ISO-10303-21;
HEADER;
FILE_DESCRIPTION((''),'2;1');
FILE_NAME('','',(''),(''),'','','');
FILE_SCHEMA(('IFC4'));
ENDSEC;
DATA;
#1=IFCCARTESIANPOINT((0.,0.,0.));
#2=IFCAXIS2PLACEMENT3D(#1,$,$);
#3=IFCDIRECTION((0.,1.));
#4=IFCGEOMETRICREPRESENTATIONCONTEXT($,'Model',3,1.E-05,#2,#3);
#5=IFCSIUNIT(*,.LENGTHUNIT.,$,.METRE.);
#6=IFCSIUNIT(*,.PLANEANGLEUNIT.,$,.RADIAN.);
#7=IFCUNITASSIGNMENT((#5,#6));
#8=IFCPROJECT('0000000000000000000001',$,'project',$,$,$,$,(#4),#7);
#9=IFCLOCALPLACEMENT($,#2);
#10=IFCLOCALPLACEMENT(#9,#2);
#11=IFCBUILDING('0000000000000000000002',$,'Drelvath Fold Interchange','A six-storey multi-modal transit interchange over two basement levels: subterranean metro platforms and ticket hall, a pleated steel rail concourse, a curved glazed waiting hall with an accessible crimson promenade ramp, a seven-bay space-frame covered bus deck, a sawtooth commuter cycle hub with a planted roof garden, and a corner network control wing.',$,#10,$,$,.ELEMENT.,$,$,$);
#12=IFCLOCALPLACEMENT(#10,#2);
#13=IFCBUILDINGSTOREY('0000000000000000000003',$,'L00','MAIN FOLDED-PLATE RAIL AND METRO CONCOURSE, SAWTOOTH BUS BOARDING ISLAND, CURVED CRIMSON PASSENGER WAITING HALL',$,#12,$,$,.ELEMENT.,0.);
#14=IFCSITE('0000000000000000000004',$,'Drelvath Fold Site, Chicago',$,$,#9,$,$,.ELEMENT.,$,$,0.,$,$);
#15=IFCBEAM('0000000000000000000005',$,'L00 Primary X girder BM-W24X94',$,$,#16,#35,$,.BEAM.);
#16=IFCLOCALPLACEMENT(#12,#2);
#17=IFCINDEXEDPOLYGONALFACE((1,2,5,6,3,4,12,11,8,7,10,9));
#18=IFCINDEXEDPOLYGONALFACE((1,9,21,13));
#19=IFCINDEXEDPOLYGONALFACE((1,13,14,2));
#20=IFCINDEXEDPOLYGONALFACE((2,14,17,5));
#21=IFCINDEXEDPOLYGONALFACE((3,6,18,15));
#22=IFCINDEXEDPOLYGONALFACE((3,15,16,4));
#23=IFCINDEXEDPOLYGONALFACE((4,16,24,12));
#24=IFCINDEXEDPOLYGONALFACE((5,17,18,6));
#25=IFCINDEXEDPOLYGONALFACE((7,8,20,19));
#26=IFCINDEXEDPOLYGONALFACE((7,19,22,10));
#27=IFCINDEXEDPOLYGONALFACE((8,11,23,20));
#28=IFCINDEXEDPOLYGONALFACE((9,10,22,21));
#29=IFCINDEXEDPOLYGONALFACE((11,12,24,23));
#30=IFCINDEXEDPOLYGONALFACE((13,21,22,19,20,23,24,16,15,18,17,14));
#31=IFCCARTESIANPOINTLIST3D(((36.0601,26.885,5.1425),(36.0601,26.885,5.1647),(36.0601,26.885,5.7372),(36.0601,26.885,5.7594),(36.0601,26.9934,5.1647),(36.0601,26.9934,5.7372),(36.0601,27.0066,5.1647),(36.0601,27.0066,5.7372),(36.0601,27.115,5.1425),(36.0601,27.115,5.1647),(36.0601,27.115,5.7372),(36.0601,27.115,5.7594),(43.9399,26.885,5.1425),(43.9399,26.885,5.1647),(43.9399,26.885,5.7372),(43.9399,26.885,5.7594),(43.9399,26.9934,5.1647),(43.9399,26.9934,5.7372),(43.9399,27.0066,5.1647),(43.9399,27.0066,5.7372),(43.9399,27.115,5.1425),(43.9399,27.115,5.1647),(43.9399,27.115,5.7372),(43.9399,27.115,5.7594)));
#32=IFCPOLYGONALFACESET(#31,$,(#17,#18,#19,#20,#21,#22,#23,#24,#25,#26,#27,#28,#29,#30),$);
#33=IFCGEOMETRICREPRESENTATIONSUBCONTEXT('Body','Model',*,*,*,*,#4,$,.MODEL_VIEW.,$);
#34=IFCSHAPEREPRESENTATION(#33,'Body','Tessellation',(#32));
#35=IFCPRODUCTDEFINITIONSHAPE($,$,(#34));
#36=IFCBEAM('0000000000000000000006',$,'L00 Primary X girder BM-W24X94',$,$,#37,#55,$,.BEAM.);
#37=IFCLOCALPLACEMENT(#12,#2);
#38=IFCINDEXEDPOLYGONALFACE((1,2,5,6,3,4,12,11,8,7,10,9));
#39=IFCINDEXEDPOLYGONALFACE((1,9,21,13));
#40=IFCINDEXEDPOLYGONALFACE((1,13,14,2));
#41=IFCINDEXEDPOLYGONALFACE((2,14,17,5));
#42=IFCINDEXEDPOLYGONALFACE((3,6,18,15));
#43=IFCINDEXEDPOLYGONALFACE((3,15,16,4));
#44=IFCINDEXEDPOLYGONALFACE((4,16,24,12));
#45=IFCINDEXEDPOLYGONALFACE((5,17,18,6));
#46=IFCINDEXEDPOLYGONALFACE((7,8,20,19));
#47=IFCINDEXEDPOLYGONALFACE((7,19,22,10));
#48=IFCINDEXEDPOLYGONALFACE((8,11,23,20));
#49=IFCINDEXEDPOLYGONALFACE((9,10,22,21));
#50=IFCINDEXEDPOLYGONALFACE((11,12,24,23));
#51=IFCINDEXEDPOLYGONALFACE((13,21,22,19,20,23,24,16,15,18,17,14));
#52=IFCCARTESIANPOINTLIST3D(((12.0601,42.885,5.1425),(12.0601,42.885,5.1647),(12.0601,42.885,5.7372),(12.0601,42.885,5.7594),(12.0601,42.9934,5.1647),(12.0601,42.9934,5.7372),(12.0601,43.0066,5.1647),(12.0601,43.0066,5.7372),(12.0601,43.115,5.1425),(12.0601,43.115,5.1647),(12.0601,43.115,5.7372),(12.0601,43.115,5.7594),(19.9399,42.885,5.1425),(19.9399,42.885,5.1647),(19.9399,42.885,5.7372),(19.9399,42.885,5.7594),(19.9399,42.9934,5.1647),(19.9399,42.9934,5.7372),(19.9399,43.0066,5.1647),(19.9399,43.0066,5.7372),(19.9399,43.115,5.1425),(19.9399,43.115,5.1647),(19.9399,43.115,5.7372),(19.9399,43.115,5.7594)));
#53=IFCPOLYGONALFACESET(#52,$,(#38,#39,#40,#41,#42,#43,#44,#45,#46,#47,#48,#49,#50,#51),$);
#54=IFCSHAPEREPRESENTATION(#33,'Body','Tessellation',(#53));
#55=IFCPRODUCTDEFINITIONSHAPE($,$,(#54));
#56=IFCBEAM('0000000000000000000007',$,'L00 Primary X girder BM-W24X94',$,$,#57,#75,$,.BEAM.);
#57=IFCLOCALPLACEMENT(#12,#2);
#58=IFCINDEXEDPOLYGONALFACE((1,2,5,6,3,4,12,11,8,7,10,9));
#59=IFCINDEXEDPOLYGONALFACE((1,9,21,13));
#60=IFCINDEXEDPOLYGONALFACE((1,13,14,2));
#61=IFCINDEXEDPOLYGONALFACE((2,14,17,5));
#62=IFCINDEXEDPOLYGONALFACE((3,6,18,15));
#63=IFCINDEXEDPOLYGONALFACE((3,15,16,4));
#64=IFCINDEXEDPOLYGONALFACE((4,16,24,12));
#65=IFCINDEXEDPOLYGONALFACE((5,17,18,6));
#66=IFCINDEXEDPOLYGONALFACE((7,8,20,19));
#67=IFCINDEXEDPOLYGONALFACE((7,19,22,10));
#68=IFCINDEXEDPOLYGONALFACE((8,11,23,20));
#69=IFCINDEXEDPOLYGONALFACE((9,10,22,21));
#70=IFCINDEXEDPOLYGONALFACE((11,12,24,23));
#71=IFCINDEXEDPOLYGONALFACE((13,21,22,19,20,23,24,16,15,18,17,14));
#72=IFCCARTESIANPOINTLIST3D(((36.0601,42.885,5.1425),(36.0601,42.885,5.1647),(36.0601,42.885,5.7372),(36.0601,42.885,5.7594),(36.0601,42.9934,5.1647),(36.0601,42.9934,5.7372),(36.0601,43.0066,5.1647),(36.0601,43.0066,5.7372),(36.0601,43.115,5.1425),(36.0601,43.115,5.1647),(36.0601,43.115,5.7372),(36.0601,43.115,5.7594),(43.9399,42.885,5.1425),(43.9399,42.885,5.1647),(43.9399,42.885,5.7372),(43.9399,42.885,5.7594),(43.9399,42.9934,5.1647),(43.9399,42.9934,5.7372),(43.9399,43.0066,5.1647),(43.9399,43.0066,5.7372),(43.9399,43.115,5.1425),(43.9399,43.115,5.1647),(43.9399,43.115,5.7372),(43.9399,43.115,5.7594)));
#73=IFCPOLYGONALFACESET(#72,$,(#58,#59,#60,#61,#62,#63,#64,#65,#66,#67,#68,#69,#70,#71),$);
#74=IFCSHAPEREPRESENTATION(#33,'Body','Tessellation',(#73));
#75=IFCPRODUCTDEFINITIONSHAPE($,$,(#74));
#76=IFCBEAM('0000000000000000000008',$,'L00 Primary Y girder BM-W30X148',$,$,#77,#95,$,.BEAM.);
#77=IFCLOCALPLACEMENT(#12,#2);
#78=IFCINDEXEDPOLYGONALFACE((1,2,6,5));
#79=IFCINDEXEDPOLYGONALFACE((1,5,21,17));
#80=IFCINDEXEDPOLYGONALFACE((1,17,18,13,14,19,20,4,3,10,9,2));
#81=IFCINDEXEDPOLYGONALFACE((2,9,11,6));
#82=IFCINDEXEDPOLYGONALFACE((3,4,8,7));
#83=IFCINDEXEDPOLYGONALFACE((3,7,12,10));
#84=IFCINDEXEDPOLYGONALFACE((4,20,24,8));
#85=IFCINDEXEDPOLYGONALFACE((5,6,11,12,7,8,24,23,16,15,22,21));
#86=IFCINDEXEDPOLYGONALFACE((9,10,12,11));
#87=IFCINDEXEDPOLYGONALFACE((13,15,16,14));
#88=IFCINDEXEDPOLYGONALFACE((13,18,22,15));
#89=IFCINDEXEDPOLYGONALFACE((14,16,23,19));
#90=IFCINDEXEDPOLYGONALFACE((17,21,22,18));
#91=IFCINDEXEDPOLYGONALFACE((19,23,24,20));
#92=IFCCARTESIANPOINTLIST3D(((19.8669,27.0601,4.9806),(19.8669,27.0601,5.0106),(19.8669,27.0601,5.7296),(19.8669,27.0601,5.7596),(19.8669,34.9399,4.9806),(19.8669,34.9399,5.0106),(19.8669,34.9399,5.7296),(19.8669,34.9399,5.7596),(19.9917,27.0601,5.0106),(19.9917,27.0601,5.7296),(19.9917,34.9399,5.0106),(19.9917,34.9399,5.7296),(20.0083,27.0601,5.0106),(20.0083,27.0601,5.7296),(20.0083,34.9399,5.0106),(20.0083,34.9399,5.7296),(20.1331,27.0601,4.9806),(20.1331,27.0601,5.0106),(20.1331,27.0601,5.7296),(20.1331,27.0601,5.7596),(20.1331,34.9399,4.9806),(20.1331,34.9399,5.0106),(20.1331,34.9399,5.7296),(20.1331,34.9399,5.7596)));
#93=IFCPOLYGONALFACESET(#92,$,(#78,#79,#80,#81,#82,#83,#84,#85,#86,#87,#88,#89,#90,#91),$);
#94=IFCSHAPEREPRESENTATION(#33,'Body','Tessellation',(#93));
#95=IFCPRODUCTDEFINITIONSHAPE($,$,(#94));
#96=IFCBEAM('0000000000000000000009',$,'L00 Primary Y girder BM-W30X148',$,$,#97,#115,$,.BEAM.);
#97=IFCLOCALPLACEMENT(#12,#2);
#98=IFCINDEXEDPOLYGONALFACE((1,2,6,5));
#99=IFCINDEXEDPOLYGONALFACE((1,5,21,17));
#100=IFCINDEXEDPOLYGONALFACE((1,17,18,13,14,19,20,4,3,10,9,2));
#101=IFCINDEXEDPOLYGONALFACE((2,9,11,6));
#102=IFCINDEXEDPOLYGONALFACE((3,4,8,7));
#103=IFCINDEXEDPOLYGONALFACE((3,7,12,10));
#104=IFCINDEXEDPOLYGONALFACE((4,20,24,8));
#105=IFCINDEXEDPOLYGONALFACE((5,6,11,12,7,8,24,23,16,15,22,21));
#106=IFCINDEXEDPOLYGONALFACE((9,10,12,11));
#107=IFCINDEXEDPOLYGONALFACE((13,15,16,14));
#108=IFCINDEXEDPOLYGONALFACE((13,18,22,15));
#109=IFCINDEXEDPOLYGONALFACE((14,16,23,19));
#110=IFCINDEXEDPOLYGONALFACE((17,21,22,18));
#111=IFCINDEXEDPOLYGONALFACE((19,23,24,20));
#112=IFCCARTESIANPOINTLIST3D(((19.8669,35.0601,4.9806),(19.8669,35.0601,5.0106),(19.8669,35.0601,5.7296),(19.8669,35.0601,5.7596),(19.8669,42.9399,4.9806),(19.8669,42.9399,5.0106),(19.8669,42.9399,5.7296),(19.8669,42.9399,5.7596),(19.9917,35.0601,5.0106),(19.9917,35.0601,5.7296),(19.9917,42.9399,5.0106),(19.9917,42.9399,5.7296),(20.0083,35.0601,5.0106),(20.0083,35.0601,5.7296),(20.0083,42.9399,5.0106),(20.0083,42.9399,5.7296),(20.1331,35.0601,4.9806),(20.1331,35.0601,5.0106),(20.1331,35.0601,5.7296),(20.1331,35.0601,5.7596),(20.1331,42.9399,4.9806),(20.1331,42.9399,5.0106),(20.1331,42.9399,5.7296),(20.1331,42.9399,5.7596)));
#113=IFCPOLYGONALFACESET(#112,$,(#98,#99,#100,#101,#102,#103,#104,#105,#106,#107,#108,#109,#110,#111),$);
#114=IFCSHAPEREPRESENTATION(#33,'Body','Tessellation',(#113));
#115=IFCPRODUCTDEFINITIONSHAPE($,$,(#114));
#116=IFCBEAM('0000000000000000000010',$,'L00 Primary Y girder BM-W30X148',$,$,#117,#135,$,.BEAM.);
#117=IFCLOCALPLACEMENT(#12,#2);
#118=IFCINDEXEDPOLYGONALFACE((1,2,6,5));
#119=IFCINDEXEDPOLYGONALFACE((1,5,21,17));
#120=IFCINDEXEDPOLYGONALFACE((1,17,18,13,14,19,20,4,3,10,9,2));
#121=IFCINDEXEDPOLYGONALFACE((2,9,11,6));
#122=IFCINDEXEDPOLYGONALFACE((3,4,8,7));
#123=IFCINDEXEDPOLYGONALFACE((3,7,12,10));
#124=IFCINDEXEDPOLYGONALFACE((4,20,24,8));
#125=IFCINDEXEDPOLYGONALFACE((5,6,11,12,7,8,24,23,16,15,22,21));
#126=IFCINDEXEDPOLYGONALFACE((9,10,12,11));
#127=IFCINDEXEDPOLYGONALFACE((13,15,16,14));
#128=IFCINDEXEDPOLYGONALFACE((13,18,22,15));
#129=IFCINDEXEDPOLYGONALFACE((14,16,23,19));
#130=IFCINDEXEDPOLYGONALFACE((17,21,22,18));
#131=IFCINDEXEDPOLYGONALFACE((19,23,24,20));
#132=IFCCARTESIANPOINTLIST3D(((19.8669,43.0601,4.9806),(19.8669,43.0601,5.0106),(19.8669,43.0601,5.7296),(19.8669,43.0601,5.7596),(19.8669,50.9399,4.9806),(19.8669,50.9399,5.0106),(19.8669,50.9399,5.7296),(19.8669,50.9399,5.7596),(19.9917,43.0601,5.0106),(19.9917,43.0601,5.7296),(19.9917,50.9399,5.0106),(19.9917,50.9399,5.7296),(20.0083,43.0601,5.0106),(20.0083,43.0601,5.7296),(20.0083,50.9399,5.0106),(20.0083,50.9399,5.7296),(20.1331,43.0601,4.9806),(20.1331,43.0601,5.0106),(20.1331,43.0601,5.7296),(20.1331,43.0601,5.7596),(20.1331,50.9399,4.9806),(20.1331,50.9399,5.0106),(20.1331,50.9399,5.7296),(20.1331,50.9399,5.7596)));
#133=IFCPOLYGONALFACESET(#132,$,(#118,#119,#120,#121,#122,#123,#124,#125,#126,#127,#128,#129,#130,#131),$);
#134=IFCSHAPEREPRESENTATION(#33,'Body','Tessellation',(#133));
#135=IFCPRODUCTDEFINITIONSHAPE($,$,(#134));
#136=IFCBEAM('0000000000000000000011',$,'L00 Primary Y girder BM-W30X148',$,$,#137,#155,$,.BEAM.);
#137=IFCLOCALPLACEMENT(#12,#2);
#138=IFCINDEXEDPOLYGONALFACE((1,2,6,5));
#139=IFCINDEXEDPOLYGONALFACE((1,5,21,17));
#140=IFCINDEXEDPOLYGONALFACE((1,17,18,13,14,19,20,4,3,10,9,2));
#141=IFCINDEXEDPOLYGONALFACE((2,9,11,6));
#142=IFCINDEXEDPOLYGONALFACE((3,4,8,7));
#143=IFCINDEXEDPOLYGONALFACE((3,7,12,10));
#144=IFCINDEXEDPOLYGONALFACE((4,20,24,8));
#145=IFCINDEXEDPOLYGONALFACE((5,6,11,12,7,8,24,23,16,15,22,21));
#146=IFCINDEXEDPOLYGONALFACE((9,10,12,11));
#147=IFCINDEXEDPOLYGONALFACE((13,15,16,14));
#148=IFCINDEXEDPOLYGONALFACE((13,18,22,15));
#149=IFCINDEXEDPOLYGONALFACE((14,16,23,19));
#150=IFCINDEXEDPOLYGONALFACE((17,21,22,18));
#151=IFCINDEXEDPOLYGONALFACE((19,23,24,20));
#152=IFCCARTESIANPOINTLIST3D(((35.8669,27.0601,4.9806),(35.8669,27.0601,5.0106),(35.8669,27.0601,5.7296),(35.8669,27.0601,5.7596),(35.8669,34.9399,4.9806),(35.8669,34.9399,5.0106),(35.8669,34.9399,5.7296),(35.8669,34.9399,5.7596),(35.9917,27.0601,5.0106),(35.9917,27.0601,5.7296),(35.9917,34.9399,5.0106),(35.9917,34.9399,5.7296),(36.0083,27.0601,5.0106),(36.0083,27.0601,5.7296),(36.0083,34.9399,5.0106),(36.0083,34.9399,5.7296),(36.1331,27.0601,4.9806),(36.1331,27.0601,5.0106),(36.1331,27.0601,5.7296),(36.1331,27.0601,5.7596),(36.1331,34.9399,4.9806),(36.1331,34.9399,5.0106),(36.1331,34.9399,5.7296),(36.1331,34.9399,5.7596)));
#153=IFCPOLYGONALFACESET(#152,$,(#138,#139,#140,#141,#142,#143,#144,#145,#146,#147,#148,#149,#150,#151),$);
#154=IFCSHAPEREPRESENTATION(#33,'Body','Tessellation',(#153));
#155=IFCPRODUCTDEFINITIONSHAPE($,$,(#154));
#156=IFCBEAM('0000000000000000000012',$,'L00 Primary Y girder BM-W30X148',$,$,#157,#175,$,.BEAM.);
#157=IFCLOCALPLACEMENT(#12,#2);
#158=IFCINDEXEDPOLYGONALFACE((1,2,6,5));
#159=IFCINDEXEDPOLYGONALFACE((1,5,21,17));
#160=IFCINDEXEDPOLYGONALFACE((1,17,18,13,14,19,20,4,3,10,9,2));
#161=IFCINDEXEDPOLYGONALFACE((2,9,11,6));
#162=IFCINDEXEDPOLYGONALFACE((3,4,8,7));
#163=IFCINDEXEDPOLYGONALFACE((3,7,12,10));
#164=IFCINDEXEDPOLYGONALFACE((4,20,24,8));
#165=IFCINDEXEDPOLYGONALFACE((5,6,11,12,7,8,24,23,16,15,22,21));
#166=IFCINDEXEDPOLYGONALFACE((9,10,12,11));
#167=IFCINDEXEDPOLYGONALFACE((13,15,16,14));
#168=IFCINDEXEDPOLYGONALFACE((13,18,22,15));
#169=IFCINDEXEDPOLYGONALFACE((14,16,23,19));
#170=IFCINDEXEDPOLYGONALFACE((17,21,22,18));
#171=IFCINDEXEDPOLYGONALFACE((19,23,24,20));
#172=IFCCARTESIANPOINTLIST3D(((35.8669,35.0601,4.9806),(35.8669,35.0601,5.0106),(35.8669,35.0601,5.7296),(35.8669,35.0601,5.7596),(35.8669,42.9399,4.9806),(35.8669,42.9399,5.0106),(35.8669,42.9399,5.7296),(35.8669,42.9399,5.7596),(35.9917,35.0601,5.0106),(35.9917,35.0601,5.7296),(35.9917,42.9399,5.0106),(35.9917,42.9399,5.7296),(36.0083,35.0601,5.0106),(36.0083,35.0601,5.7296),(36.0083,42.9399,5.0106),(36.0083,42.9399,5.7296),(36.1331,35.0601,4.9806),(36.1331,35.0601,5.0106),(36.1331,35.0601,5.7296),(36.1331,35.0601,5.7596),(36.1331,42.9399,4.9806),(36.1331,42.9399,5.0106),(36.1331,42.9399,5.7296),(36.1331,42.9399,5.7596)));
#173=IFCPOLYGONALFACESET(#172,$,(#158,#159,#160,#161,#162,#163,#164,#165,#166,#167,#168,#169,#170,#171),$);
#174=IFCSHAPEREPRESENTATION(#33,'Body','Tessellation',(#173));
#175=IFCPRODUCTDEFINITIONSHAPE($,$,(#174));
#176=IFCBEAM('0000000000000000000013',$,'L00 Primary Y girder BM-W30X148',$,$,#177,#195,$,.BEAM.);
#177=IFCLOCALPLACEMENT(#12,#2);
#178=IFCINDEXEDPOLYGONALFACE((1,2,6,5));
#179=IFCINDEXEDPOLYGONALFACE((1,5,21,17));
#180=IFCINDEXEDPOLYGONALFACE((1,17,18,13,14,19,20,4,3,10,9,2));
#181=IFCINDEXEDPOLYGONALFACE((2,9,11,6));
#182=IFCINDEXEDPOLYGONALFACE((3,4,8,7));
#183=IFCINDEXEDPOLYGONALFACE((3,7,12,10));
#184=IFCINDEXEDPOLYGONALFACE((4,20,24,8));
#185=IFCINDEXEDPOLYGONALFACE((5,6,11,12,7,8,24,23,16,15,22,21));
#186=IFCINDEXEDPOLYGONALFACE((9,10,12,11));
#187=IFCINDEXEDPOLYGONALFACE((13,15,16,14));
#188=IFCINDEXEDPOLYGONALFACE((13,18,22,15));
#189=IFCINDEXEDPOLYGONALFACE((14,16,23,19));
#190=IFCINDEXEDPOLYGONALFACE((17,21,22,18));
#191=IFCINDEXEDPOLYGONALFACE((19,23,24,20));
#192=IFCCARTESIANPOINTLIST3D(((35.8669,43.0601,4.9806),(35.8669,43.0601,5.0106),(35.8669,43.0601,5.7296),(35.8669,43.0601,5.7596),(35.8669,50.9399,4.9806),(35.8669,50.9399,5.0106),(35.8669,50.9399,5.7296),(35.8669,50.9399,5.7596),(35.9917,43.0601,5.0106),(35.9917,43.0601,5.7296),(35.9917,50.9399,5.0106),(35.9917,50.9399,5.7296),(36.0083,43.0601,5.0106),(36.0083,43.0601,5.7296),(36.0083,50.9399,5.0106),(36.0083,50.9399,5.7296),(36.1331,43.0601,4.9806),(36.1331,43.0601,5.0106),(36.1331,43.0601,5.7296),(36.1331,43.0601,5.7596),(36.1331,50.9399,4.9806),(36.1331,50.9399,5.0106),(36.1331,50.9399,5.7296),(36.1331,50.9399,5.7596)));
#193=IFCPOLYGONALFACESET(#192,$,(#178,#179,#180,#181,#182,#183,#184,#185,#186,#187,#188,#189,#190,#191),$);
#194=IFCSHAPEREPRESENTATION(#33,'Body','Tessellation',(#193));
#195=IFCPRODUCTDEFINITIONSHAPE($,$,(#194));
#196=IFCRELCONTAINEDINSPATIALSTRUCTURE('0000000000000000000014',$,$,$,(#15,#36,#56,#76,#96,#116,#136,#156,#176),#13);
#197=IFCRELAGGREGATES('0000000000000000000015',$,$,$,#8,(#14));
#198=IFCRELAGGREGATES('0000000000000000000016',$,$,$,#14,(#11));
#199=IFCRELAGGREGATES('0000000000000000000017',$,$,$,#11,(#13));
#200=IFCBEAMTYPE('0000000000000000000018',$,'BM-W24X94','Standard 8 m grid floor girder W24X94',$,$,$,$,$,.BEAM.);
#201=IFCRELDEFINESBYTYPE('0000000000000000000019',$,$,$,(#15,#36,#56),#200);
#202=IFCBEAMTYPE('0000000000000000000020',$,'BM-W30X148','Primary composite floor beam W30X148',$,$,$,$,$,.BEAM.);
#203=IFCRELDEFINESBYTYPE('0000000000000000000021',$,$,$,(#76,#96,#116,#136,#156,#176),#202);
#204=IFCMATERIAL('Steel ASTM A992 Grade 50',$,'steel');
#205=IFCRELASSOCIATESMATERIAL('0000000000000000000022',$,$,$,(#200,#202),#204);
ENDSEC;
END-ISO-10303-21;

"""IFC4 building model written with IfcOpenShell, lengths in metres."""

from ifc_helpers import new_model, si_unit, direction, frame, origin, origin_2d, place, context, subcontext, project, spatial, i_section, extrude, material, material_profile, profile_set, type_object, element, save


model = new_model("IFC4")

# Units and contexts
model_context = context("Model", 3, precision=1e-05, world=origin(), true_north=direction((0.0, 1.0)))
body_context = subcontext(model_context, "Body", "Model", "MODEL_VIEW")
ifc_project = project(units=[si_unit("LENGTHUNIT", "METRE"), si_unit("PLANEANGLEUNIT", "RADIAN")], contexts=[model_context])

# Site, building, storey
site_placement = place(None, origin())
site = spatial("IfcSite", under=ifc_project, at=site_placement, Name="Drelvath Fold Site, Chicago", CompositionType="ELEMENT", RefElevation=0.0)
building_placement = place(site_placement, origin())
building = spatial("IfcBuilding", under=site, at=building_placement, Name="Drelvath Fold Interchange", Description="A six-storey multi-modal transit interchange over two basement levels: subterranean metro platforms and ticket hall, a pleated steel rail concourse, a curved glazed waiting hall with an accessible crimson promenade ramp, a seven-bay space-frame covered bus deck, a sawtooth commuter cycle hub with a planted roof garden, and a corner network control wing.", CompositionType="ELEMENT")
storey_placement = place(building_placement, origin())
storey = spatial("IfcBuildingStorey", under=building, at=storey_placement, Name="L00", Description="MAIN FOLDED-PLATE RAIL AND METRO CONCOURSE, SAWTOOTH BUS BOARDING ISLAND, CURVED CRIMSON PASSENGER WAITING HALL", CompositionType="ELEMENT", Elevation=0.0)

# Shared definitions
ifc_material_1 = material(Name="Steel ASTM A992 Grade 50", Category="steel")

# Beams
ifc_material_profile_1 = material_profile(ifc_material_1, i_section(OverallWidth=0.23, OverallDepth=0.6169, WebThickness=0.0132, FlangeThickness=0.0222, at=origin_2d()), Name="W24X94")
ifc_profile_set_1 = profile_set([ifc_material_profile_1], Name="Steel ASTM A992 Grade 50")
beam_type_1 = type_object("IfcBeamType", Name="BM-W24X94", Description="Standard 8 m grid floor girder W24X94", PredefinedType="BEAM", material=ifc_profile_set_1)
for number, where, z_axis, x_axis, name in (
    (1, (36.0601, 27.0, 5.4509), (1.0, 0.0, 0.0), (0.0, 1.0, 0.0), "L00 Primary X girder BM-W24X94"),
    (2, (12.0601, 43.0, 5.4509), (1.0, 0.0, 0.0), (0.0, 1.0, 0.0), "L00 Primary X girder BM-W24X94"),
    (3, (36.0601, 43.0, 5.4509), (1.0, 0.0, 0.0), (0.0, 1.0, 0.0), "L00 Primary X girder BM-W24X94"),
):
    element("IfcBeam", number, at=place(storey_placement, frame(where, z_axis=z_axis, x_axis=x_axis)), inside=storey, type_object=beam_type_1, Name=name, PredefinedType="BEAM", context=body_context, shape_type="SweptSolid", body=[
        extrude(i_section(OverallWidth=0.23, OverallDepth=0.6169, WebThickness=0.0132, FlangeThickness=0.0222, at=origin_2d()), origin(), (0.0, 0.0, 1.0), 7.8799),
    ])
ifc_material_profile_2 = material_profile(ifc_material_1, i_section(OverallWidth=0.2661, OverallDepth=0.7791, WebThickness=0.0166, FlangeThickness=0.03, at=origin_2d()), Name="W30X148")
ifc_profile_set_2 = profile_set([ifc_material_profile_2], Name="Steel ASTM A992 Grade 50")
beam_type_2 = type_object("IfcBeamType", Name="BM-W30X148", Description="Primary composite floor beam W30X148", PredefinedType="BEAM", material=ifc_profile_set_2)
for number, where, z_axis, x_axis, name in (
    (4, (20.0, 27.0601, 5.3701), (0.0, 1.0, 0.0), (-1.0, 0.0, 0.0), "L00 Primary Y girder BM-W30X148"),
    (5, (20.0, 35.0601, 5.3701), (0.0, 1.0, 0.0), (-1.0, 0.0, 0.0), "L00 Primary Y girder BM-W30X148"),
    (6, (20.0, 43.0601, 5.3701), (0.0, 1.0, 0.0), (-1.0, 0.0, 0.0), "L00 Primary Y girder BM-W30X148"),
    (7, (36.0, 27.0601, 5.3701), (0.0, 1.0, 0.0), (-1.0, 0.0, 0.0), "L00 Primary Y girder BM-W30X148"),
    (8, (36.0, 35.0601, 5.3701), (0.0, 1.0, 0.0), (-1.0, 0.0, 0.0), "L00 Primary Y girder BM-W30X148"),
    (9, (36.0, 43.0601, 5.3701), (0.0, 1.0, 0.0), (-1.0, 0.0, 0.0), "L00 Primary Y girder BM-W30X148"),
):
    element("IfcBeam", number, at=place(storey_placement, frame(where, z_axis=z_axis, x_axis=x_axis)), inside=storey, type_object=beam_type_2, Name=name, PredefinedType="BEAM", context=body_context, shape_type="SweptSolid", body=[
        extrude(i_section(OverallWidth=0.2661, OverallDepth=0.7791, WebThickness=0.0166, FlangeThickness=0.03, at=origin_2d()), origin(), (0.0, 0.0, 1.0), 7.8799),
    ])

save(model, "model.ifc")
